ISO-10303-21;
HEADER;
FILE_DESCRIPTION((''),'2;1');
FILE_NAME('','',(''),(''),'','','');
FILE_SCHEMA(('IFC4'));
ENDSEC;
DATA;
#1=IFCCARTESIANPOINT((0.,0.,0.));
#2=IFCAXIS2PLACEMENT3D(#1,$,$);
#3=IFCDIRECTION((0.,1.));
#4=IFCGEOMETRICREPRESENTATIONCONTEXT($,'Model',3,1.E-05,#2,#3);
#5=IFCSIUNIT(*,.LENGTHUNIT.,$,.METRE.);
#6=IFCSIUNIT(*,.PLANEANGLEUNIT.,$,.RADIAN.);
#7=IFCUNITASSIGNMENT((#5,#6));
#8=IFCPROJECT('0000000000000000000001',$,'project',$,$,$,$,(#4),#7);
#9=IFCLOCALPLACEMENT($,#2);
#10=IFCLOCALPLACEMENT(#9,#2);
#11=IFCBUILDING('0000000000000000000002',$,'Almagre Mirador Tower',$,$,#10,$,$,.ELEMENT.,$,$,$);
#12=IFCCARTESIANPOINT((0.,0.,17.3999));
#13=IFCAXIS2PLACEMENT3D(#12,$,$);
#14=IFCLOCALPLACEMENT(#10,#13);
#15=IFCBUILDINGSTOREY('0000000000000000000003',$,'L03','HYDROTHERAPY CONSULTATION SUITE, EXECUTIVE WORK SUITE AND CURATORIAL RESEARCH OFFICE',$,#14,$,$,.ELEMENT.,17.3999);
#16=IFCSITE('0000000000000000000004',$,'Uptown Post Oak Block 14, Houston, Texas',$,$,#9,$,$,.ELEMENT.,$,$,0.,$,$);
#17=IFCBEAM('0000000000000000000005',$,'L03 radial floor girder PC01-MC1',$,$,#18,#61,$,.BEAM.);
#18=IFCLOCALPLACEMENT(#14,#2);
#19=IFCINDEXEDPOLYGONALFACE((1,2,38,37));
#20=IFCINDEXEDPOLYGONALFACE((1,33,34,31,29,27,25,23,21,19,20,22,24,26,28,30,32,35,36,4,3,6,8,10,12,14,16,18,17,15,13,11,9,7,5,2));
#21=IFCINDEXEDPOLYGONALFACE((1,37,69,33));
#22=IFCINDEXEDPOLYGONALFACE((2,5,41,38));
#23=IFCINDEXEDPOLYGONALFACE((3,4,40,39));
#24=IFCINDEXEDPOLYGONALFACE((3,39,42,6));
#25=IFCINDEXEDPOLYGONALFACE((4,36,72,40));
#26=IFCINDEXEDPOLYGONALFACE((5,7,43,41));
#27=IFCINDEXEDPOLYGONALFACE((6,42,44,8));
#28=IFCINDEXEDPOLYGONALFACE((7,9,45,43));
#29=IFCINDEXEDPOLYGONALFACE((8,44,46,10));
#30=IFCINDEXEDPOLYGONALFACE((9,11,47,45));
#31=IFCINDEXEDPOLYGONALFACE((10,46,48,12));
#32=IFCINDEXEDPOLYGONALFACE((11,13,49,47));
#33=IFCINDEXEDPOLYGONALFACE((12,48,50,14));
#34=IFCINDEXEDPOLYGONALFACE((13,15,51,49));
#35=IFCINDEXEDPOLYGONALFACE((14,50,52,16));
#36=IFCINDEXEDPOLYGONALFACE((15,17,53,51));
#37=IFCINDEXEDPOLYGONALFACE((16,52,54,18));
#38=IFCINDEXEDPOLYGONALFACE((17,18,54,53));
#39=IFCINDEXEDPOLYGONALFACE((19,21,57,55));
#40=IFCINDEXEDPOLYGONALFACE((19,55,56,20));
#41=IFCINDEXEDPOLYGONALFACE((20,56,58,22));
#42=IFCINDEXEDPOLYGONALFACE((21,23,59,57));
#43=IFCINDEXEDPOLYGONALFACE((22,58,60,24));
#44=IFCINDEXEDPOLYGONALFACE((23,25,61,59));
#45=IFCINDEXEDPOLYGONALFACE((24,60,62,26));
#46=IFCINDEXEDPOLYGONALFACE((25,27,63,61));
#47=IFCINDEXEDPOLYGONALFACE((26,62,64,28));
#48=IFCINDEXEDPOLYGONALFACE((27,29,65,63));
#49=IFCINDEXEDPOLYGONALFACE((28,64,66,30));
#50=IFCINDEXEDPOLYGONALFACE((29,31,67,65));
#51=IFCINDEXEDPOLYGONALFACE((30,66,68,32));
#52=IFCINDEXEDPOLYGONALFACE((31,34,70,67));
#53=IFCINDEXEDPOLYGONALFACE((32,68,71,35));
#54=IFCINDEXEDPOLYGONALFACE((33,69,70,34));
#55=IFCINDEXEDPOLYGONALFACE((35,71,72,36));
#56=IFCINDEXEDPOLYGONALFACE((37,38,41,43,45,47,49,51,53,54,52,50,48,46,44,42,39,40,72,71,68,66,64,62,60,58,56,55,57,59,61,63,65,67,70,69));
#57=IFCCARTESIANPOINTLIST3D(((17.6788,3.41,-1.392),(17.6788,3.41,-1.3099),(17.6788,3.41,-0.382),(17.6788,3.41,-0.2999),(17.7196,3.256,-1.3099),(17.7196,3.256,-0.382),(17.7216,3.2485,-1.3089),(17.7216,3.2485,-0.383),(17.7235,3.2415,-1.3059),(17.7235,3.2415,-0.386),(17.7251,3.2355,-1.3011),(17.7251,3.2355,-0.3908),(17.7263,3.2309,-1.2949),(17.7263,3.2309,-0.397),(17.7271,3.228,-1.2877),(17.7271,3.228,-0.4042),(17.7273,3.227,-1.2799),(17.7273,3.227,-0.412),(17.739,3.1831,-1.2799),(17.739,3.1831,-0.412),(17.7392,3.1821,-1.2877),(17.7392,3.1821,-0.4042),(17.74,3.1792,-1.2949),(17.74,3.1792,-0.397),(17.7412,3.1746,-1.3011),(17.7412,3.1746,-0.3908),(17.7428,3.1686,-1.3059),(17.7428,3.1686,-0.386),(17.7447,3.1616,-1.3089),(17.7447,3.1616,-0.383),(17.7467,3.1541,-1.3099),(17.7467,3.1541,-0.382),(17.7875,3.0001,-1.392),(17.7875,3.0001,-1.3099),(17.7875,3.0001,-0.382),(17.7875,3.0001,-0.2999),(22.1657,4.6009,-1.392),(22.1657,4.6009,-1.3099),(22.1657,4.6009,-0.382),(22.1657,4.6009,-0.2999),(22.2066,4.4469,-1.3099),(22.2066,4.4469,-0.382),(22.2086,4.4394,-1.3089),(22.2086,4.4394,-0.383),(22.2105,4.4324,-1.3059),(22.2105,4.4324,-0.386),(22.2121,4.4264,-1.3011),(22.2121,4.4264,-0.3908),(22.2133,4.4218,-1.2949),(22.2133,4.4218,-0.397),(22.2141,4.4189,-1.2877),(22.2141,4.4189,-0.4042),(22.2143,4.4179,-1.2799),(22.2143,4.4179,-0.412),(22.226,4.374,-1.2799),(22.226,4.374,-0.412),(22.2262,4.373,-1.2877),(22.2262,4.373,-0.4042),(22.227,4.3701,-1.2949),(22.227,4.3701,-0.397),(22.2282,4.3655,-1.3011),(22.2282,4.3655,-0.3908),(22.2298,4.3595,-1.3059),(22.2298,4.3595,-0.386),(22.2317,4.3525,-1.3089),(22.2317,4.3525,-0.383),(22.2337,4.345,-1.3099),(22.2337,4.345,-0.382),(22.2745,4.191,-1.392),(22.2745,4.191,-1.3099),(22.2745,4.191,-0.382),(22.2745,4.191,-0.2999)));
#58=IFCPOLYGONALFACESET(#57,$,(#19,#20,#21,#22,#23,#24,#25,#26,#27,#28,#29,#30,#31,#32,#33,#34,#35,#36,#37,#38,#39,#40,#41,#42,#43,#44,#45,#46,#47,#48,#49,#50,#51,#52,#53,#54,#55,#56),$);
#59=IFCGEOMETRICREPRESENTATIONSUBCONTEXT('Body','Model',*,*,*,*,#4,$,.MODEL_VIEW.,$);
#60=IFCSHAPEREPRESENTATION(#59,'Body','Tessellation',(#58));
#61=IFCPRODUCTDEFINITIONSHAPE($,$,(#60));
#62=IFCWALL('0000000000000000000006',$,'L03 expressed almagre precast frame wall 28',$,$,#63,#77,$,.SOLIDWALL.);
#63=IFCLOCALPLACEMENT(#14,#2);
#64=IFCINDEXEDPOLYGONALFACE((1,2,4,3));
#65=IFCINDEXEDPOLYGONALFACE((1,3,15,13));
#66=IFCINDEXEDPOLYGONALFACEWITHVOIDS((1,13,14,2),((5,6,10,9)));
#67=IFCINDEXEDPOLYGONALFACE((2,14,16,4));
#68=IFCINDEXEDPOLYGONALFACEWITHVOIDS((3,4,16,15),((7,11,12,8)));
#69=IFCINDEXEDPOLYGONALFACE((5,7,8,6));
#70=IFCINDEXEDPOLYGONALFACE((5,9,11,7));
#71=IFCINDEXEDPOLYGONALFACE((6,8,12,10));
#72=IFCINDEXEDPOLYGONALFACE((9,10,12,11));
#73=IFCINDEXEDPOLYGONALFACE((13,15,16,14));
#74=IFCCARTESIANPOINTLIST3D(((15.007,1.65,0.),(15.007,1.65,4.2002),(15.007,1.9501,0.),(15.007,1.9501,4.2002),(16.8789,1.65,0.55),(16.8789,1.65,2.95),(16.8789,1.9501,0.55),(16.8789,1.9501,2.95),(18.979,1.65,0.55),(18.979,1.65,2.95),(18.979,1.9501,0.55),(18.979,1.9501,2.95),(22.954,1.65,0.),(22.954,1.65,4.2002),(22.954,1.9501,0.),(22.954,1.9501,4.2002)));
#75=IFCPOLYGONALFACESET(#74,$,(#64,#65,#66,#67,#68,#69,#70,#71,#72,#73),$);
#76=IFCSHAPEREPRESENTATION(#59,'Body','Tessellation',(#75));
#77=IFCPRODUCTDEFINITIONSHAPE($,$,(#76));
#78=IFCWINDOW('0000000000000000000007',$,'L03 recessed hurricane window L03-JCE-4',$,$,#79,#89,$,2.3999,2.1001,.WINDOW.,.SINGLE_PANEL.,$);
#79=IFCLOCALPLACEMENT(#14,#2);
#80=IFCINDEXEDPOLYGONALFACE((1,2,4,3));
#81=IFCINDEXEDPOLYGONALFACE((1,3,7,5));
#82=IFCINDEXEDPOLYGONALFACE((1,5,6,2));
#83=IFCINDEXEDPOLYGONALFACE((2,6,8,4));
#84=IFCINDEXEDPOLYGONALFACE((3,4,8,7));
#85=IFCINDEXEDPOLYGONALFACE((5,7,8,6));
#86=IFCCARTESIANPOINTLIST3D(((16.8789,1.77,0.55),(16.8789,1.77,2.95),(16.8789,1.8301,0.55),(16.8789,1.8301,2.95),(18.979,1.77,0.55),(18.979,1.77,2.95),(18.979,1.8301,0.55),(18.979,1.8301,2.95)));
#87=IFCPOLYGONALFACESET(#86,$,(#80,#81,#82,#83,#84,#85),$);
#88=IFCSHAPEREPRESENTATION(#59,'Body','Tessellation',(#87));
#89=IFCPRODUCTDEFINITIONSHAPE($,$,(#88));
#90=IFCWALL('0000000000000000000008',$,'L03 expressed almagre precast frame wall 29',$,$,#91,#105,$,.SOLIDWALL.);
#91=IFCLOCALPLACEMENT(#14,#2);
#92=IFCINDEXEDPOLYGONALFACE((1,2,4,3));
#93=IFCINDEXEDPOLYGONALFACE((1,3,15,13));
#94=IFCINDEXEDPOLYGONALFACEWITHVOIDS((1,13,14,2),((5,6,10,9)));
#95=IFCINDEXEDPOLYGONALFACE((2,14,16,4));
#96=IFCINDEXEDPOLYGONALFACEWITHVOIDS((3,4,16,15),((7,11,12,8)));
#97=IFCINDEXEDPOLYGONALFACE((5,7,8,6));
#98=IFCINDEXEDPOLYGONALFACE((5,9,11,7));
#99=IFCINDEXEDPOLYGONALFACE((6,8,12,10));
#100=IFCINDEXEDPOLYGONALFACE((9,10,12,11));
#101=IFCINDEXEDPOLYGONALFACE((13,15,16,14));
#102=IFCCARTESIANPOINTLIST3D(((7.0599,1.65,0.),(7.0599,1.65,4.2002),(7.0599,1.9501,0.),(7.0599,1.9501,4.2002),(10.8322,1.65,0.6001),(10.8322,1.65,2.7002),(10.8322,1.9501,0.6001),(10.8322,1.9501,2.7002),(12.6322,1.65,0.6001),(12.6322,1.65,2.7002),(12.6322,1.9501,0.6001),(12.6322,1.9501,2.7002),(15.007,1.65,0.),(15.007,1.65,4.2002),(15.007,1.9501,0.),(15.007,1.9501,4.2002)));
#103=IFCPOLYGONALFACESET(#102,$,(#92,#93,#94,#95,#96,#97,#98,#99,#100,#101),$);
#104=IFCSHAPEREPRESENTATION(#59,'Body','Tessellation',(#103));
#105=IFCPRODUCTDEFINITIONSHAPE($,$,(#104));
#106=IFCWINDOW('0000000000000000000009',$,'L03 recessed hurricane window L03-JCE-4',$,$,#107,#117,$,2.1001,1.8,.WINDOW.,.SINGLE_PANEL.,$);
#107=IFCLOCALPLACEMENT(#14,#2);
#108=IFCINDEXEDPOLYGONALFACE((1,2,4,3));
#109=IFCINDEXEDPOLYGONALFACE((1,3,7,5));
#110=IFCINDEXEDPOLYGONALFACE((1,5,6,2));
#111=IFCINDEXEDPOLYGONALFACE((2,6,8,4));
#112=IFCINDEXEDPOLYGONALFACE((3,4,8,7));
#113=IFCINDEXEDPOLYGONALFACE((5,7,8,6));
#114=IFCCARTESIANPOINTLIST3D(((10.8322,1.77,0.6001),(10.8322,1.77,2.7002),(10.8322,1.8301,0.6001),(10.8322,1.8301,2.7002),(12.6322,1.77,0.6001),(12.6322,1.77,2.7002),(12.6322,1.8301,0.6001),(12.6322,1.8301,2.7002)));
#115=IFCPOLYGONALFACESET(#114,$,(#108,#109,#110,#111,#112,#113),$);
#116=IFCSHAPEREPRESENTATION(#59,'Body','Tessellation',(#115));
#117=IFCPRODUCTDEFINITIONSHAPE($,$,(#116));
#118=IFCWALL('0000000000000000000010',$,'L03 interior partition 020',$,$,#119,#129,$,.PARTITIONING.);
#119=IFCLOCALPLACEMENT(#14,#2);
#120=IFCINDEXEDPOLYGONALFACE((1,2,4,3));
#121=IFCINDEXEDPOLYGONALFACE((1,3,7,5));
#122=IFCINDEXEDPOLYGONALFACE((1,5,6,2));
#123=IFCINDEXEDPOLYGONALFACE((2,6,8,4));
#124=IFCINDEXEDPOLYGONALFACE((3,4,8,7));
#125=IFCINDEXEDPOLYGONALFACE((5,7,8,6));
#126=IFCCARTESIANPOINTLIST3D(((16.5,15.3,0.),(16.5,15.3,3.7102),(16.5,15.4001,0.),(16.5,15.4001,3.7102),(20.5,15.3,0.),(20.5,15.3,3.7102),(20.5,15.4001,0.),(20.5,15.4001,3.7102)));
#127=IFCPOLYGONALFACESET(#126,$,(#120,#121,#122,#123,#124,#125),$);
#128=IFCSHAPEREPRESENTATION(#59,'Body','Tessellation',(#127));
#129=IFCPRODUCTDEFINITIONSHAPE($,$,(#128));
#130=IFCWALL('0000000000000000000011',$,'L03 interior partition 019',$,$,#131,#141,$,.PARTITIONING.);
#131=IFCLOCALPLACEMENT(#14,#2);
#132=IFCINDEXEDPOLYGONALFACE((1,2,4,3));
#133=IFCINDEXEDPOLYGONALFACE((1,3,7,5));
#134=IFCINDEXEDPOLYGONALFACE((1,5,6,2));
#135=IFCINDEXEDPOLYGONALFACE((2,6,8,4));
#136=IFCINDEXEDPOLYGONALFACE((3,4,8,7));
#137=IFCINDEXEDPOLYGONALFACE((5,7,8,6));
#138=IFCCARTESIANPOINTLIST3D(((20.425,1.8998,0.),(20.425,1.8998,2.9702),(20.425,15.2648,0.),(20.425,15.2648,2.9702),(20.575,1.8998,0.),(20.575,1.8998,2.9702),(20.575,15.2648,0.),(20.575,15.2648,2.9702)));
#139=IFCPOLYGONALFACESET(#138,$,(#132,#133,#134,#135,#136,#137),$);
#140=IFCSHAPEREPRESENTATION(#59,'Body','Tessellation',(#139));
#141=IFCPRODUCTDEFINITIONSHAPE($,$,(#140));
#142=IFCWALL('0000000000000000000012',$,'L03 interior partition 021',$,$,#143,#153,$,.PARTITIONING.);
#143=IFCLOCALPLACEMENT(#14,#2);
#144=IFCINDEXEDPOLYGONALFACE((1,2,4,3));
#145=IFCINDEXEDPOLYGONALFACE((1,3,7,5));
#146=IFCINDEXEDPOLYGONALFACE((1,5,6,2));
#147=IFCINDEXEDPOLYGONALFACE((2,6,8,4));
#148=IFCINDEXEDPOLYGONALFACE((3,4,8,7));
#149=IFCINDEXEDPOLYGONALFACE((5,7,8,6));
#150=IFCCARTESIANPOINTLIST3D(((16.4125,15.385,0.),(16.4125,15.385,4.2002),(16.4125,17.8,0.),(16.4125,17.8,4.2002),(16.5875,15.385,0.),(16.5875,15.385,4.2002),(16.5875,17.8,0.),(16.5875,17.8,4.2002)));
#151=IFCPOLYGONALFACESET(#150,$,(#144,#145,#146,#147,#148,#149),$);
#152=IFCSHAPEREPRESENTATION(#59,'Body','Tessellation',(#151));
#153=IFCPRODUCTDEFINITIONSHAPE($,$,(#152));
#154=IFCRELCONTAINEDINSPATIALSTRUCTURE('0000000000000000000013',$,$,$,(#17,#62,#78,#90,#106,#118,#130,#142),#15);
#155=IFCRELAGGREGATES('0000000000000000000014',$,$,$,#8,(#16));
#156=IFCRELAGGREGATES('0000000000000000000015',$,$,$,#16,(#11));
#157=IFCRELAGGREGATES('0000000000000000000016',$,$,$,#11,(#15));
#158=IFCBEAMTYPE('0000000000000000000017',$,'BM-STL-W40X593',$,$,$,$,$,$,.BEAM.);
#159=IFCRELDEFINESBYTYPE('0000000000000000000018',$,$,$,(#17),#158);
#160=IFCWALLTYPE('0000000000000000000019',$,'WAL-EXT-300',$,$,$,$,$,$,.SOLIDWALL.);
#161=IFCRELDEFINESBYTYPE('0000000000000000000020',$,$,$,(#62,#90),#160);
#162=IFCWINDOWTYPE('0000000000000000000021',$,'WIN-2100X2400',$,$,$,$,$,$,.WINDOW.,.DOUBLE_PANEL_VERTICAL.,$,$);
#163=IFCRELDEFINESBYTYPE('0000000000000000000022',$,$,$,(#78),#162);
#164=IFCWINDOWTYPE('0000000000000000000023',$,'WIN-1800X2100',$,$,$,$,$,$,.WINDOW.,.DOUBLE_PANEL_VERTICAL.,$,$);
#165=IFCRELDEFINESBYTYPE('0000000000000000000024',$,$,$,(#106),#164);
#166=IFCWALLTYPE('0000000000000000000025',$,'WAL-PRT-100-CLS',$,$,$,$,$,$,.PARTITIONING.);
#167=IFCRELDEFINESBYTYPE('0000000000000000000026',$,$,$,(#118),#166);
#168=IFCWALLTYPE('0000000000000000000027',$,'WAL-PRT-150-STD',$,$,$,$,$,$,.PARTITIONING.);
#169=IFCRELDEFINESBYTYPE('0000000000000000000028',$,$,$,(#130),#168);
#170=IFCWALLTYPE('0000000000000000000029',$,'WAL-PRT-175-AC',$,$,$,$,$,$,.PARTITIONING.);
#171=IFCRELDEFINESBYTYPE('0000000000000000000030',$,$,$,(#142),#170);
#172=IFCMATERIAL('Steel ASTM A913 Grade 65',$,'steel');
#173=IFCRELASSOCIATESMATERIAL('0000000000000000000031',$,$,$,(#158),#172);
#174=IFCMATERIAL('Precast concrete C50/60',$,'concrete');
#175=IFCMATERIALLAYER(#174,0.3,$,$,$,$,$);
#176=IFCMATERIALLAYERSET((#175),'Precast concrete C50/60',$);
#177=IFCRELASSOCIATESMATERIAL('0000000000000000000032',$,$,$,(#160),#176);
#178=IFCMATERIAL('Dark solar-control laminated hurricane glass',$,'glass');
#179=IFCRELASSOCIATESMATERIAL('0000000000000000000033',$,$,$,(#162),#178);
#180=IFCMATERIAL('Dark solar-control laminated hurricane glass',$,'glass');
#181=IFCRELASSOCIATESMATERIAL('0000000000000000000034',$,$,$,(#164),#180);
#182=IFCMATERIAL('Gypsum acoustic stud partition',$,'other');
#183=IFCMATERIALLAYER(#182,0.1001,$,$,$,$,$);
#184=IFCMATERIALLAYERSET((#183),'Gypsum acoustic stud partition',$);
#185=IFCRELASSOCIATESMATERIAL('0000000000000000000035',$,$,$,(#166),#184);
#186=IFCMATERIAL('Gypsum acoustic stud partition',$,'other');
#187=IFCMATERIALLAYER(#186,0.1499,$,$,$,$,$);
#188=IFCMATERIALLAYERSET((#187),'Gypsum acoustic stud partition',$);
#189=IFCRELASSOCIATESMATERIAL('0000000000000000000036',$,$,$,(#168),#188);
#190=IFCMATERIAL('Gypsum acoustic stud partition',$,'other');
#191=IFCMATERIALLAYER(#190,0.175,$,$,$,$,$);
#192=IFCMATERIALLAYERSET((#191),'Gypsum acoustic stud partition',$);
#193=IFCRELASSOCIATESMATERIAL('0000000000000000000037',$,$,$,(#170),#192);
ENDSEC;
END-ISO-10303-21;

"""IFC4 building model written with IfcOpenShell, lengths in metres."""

from ifc_helpers import new_model, si_unit, direction, frame, frame_2d, origin, origin_2d, place, context, subcontext, project, spatial, rectangle, i_section, extrude, material, layer, layer_set, material_profile, profile_set, type_object, element, fill, save


model = new_model("IFC4")

# Units and contexts
model_context = context("Model", 3, precision=1e-05, world=origin(), true_north=direction((0.0, 1.0)))
body_context = subcontext(model_context, "Body", "Model", "MODEL_VIEW")
ifc_project = project(units=[si_unit("LENGTHUNIT", "METRE"), si_unit("PLANEANGLEUNIT", "RADIAN")], contexts=[model_context])

# Site, building, storey
site_placement = place(None, origin())
site = spatial("IfcSite", under=ifc_project, at=site_placement, Name="Uptown Post Oak Block 14, Houston, Texas", CompositionType="ELEMENT", RefElevation=0.0)
building_placement = place(site_placement, origin())
building = spatial("IfcBuilding", under=site, at=building_placement, Name="Almagre Mirador Tower", CompositionType="ELEMENT")
storey_placement = place(building_placement, frame((0.0, 0.0, 17.3999)))
storey = spatial("IfcBuildingStorey", under=building, at=storey_placement, Name="L03", Description="HYDROTHERAPY CONSULTATION SUITE, EXECUTIVE WORK SUITE AND CURATORIAL RESEARCH OFFICE", CompositionType="ELEMENT", Elevation=17.3999)

# Beam
ifc_material_1 = material(Name="Steel ASTM A913 Grade 65", Category="steel")
ifc_material_profile_1 = material_profile(ifc_material_1, i_section(OverallWidth=0.4241, OverallDepth=1.092, WebThickness=0.0454, FlangeThickness=0.082, FilletRadius=0.03, at=origin_2d()), Name="W40X593")
ifc_profile_set_1 = profile_set([ifc_material_profile_1], Name="Steel ASTM A913 Grade 65")
beam_type_1 = type_object("IfcBeamType", Name="BM-STL-W40X593", PredefinedType="BEAM", material=ifc_profile_set_1)
beam_1_placement = place(storey_placement, frame((17.7332, 3.2051, -0.8459), z_axis=(0.966536, 0.25653, 0.0), x_axis=(-0.25653, 0.966536, 0.0)))
element("IfcBeam", 1, at=beam_1_placement, inside=storey, type_object=beam_type_1, Name="L03 radial floor girder PC01-MC1", PredefinedType="BEAM", context=body_context, shape_type="SweptSolid", body=[
    extrude(i_section(OverallWidth=0.4241, OverallDepth=1.092, WebThickness=0.0454, FlangeThickness=0.082, FilletRadius=0.03, at=origin_2d()), origin(), (0.0, 0.0, 1.0), 4.6423),
])

# Walls, openings, windows
ifc_material_2 = material(Name="Precast concrete C50/60", Category="concrete")
ifc_layer_1 = layer(ifc_material_2, 0.3)
ifc_layer_set_1 = layer_set([ifc_layer_1], Name="Precast concrete C50/60")
wall_type_1 = type_object("IfcWallType", Name="WAL-EXT-300", PredefinedType="SOLIDWALL", material=ifc_layer_set_1)
wall_1_placement = place(storey_placement, frame((22.9541, 1.8, 0.0), z_axis=(0.0, 0.0, 1.0), x_axis=(-1.0, 0.0, 0.0)))
wall_1 = element("IfcWall", 2, at=wall_1_placement, inside=storey, type_object=wall_type_1, Name="L03 expressed almagre precast frame wall 28", PredefinedType="SOLIDWALL", context=body_context, shape_type="SweptSolid", body=[
    extrude(rectangle(XDim=7.947, YDim=0.3, at=frame_2d((3.9736, 0.0))), origin(), (0.0, 0.0, 1.0), 4.2002),
])
opening_1_placement = place(wall_1_placement, frame((3.9751, 0.0, 0.55)))
opening_1 = element("IfcOpeningElement", 3, at=opening_1_placement, cuts=wall_1, PredefinedType="OPENING", context=body_context, shape_type="SweptSolid", body=[
    extrude(rectangle(XDim=2.1001, YDim=2.3999, at=frame_2d((1.05, 1.2))), frame((0.0, 0.1599, 0.0), z_axis=(0.0, -1.0, 0.0), x_axis=(1.0, 0.0, 0.0)), (0.0, 0.0, 1.0), 0.32),
])
ifc_material_3 = material(Name="Dark solar-control laminated hurricane glass", Category="glass")
window_type_1 = type_object("IfcWindowType", Name="WIN-2100X2400", PartitioningType="DOUBLE_PANEL_VERTICAL", PredefinedType="WINDOW", material=ifc_material_3)
window_1_placement = place(opening_1_placement, origin())
window_1 = element("IfcWindow", 4, at=window_1_placement, inside=storey, type_object=window_type_1, Name="L03 recessed hurricane window L03-JCE-4", OverallHeight=2.3999, OverallWidth=2.1001, PartitioningType="SINGLE_PANEL", PredefinedType="WINDOW", context=body_context, shape_type="SweptSolid", body=[
    extrude(rectangle(XDim=2.1001, YDim=2.3999, at=frame_2d((1.05, 1.2))), frame((0.0, 0.03, 0.0), z_axis=(0.0, -1.0, 0.0), x_axis=(1.0, 0.0, 0.0)), (0.0, 0.0, 1.0), 0.0601),
])
fill(opening_1, window_1)
wall_2_placement = place(storey_placement, frame((15.0071, 1.8, 0.0), z_axis=(0.0, 0.0, 1.0), x_axis=(-1.0, 0.0, 0.0)))
wall_2 = element("IfcWall", 5, at=wall_2_placement, inside=storey, type_object=wall_type_1, Name="L03 expressed almagre precast frame wall 29", PredefinedType="SOLIDWALL", context=body_context, shape_type="SweptSolid", body=[
    extrude(rectangle(XDim=7.947, YDim=0.3, at=frame_2d((3.9736, 0.0))), origin(), (0.0, 0.0, 1.0), 4.2002),
])
opening_2_placement = place(wall_2_placement, frame((2.375, 0.0, 0.6001)))
opening_2 = element("IfcOpeningElement", 6, at=opening_2_placement, cuts=wall_2, PredefinedType="OPENING", context=body_context, shape_type="SweptSolid", body=[
    extrude(rectangle(XDim=1.8, YDim=2.1001, at=frame_2d((0.8999, 1.05))), frame((0.0, 0.1599, 0.0), z_axis=(0.0, -1.0, 0.0), x_axis=(1.0, 0.0, 0.0)), (0.0, 0.0, 1.0), 0.32),
])
ifc_material_4 = material(Name="Dark solar-control laminated hurricane glass", Category="glass")
window_type_2 = type_object("IfcWindowType", Name="WIN-1800X2100", PartitioningType="DOUBLE_PANEL_VERTICAL", PredefinedType="WINDOW", material=ifc_material_4)
window_2_placement = place(opening_2_placement, origin())
window_2 = element("IfcWindow", 7, at=window_2_placement, inside=storey, type_object=window_type_2, Name="L03 recessed hurricane window L03-JCE-4", OverallHeight=2.1001, OverallWidth=1.8, PartitioningType="SINGLE_PANEL", PredefinedType="WINDOW", context=body_context, shape_type="SweptSolid", body=[
    extrude(rectangle(XDim=1.8, YDim=2.1001, at=frame_2d((0.8999, 1.05))), frame((0.0, 0.03, 0.0), z_axis=(0.0, -1.0, 0.0), x_axis=(1.0, 0.0, 0.0)), (0.0, 0.0, 1.0), 0.0601),
])
fill(opening_2, window_2)

# Walls
ifc_material_5 = material(Name="Gypsum acoustic stud partition", Category="other")
ifc_layer_2 = layer(ifc_material_5, 0.1001)
ifc_layer_set_2 = layer_set([ifc_layer_2], Name="Gypsum acoustic stud partition")
wall_type_2 = type_object("IfcWallType", Name="WAL-PRT-100-CLS", PredefinedType="PARTITIONING", material=ifc_layer_set_2)
wall_3_placement = place(storey_placement, frame((20.5, 15.3501, 0.0), z_axis=(0.0, 0.0, 1.0), x_axis=(-1.0, 0.0, 0.0)))
element("IfcWall", 8, at=wall_3_placement, inside=storey, type_object=wall_type_2, Name="L03 interior partition 020", PredefinedType="PARTITIONING", context=body_context, shape_type="SweptSolid", body=[
    extrude(rectangle(XDim=4.0, YDim=0.1001, at=frame_2d((2.0, 0.0))), origin(), (0.0, 0.0, 1.0), 3.7102),
])
ifc_material_6 = material(Name="Gypsum acoustic stud partition", Category="other")
ifc_layer_3 = layer(ifc_material_6, 0.1499)
ifc_layer_set_3 = layer_set([ifc_layer_3], Name="Gypsum acoustic stud partition")
wall_type_3 = type_object("IfcWallType", Name="WAL-PRT-150-STD", PredefinedType="PARTITIONING", material=ifc_layer_set_3)
wall_4_placement = place(storey_placement, frame((20.5, 15.2649, 0.0), z_axis=(0.0, 0.0, 1.0), x_axis=(0.0, -1.0, 0.0)))
element("IfcWall", 9, at=wall_4_placement, inside=storey, type_object=wall_type_3, Name="L03 interior partition 019", PredefinedType="PARTITIONING", context=body_context, shape_type="SweptSolid", body=[
    extrude(rectangle(XDim=13.365, YDim=0.1499, at=frame_2d((6.6826, 0.0))), origin(), (0.0, 0.0, 1.0), 2.9702),
])
ifc_material_7 = material(Name="Gypsum acoustic stud partition", Category="other")
ifc_layer_4 = layer(ifc_material_7, 0.175)
ifc_layer_set_4 = layer_set([ifc_layer_4], Name="Gypsum acoustic stud partition")
wall_type_4 = type_object("IfcWallType", Name="WAL-PRT-175-AC", PredefinedType="PARTITIONING", material=ifc_layer_set_4)
wall_5_placement = place(storey_placement, frame((16.5, 15.385, 0.0), z_axis=(0.0, 0.0, 1.0), x_axis=(0.0, 1.0, 0.0)))
element("IfcWall", 10, at=wall_5_placement, inside=storey, type_object=wall_type_4, Name="L03 interior partition 021", PredefinedType="PARTITIONING", context=body_context, shape_type="SweptSolid", body=[
    extrude(rectangle(XDim=2.415, YDim=0.175, at=frame_2d((1.2075, 0.0))), origin(), (0.0, 0.0, 1.0), 4.2002),
])

save(model, "model.ifc")
